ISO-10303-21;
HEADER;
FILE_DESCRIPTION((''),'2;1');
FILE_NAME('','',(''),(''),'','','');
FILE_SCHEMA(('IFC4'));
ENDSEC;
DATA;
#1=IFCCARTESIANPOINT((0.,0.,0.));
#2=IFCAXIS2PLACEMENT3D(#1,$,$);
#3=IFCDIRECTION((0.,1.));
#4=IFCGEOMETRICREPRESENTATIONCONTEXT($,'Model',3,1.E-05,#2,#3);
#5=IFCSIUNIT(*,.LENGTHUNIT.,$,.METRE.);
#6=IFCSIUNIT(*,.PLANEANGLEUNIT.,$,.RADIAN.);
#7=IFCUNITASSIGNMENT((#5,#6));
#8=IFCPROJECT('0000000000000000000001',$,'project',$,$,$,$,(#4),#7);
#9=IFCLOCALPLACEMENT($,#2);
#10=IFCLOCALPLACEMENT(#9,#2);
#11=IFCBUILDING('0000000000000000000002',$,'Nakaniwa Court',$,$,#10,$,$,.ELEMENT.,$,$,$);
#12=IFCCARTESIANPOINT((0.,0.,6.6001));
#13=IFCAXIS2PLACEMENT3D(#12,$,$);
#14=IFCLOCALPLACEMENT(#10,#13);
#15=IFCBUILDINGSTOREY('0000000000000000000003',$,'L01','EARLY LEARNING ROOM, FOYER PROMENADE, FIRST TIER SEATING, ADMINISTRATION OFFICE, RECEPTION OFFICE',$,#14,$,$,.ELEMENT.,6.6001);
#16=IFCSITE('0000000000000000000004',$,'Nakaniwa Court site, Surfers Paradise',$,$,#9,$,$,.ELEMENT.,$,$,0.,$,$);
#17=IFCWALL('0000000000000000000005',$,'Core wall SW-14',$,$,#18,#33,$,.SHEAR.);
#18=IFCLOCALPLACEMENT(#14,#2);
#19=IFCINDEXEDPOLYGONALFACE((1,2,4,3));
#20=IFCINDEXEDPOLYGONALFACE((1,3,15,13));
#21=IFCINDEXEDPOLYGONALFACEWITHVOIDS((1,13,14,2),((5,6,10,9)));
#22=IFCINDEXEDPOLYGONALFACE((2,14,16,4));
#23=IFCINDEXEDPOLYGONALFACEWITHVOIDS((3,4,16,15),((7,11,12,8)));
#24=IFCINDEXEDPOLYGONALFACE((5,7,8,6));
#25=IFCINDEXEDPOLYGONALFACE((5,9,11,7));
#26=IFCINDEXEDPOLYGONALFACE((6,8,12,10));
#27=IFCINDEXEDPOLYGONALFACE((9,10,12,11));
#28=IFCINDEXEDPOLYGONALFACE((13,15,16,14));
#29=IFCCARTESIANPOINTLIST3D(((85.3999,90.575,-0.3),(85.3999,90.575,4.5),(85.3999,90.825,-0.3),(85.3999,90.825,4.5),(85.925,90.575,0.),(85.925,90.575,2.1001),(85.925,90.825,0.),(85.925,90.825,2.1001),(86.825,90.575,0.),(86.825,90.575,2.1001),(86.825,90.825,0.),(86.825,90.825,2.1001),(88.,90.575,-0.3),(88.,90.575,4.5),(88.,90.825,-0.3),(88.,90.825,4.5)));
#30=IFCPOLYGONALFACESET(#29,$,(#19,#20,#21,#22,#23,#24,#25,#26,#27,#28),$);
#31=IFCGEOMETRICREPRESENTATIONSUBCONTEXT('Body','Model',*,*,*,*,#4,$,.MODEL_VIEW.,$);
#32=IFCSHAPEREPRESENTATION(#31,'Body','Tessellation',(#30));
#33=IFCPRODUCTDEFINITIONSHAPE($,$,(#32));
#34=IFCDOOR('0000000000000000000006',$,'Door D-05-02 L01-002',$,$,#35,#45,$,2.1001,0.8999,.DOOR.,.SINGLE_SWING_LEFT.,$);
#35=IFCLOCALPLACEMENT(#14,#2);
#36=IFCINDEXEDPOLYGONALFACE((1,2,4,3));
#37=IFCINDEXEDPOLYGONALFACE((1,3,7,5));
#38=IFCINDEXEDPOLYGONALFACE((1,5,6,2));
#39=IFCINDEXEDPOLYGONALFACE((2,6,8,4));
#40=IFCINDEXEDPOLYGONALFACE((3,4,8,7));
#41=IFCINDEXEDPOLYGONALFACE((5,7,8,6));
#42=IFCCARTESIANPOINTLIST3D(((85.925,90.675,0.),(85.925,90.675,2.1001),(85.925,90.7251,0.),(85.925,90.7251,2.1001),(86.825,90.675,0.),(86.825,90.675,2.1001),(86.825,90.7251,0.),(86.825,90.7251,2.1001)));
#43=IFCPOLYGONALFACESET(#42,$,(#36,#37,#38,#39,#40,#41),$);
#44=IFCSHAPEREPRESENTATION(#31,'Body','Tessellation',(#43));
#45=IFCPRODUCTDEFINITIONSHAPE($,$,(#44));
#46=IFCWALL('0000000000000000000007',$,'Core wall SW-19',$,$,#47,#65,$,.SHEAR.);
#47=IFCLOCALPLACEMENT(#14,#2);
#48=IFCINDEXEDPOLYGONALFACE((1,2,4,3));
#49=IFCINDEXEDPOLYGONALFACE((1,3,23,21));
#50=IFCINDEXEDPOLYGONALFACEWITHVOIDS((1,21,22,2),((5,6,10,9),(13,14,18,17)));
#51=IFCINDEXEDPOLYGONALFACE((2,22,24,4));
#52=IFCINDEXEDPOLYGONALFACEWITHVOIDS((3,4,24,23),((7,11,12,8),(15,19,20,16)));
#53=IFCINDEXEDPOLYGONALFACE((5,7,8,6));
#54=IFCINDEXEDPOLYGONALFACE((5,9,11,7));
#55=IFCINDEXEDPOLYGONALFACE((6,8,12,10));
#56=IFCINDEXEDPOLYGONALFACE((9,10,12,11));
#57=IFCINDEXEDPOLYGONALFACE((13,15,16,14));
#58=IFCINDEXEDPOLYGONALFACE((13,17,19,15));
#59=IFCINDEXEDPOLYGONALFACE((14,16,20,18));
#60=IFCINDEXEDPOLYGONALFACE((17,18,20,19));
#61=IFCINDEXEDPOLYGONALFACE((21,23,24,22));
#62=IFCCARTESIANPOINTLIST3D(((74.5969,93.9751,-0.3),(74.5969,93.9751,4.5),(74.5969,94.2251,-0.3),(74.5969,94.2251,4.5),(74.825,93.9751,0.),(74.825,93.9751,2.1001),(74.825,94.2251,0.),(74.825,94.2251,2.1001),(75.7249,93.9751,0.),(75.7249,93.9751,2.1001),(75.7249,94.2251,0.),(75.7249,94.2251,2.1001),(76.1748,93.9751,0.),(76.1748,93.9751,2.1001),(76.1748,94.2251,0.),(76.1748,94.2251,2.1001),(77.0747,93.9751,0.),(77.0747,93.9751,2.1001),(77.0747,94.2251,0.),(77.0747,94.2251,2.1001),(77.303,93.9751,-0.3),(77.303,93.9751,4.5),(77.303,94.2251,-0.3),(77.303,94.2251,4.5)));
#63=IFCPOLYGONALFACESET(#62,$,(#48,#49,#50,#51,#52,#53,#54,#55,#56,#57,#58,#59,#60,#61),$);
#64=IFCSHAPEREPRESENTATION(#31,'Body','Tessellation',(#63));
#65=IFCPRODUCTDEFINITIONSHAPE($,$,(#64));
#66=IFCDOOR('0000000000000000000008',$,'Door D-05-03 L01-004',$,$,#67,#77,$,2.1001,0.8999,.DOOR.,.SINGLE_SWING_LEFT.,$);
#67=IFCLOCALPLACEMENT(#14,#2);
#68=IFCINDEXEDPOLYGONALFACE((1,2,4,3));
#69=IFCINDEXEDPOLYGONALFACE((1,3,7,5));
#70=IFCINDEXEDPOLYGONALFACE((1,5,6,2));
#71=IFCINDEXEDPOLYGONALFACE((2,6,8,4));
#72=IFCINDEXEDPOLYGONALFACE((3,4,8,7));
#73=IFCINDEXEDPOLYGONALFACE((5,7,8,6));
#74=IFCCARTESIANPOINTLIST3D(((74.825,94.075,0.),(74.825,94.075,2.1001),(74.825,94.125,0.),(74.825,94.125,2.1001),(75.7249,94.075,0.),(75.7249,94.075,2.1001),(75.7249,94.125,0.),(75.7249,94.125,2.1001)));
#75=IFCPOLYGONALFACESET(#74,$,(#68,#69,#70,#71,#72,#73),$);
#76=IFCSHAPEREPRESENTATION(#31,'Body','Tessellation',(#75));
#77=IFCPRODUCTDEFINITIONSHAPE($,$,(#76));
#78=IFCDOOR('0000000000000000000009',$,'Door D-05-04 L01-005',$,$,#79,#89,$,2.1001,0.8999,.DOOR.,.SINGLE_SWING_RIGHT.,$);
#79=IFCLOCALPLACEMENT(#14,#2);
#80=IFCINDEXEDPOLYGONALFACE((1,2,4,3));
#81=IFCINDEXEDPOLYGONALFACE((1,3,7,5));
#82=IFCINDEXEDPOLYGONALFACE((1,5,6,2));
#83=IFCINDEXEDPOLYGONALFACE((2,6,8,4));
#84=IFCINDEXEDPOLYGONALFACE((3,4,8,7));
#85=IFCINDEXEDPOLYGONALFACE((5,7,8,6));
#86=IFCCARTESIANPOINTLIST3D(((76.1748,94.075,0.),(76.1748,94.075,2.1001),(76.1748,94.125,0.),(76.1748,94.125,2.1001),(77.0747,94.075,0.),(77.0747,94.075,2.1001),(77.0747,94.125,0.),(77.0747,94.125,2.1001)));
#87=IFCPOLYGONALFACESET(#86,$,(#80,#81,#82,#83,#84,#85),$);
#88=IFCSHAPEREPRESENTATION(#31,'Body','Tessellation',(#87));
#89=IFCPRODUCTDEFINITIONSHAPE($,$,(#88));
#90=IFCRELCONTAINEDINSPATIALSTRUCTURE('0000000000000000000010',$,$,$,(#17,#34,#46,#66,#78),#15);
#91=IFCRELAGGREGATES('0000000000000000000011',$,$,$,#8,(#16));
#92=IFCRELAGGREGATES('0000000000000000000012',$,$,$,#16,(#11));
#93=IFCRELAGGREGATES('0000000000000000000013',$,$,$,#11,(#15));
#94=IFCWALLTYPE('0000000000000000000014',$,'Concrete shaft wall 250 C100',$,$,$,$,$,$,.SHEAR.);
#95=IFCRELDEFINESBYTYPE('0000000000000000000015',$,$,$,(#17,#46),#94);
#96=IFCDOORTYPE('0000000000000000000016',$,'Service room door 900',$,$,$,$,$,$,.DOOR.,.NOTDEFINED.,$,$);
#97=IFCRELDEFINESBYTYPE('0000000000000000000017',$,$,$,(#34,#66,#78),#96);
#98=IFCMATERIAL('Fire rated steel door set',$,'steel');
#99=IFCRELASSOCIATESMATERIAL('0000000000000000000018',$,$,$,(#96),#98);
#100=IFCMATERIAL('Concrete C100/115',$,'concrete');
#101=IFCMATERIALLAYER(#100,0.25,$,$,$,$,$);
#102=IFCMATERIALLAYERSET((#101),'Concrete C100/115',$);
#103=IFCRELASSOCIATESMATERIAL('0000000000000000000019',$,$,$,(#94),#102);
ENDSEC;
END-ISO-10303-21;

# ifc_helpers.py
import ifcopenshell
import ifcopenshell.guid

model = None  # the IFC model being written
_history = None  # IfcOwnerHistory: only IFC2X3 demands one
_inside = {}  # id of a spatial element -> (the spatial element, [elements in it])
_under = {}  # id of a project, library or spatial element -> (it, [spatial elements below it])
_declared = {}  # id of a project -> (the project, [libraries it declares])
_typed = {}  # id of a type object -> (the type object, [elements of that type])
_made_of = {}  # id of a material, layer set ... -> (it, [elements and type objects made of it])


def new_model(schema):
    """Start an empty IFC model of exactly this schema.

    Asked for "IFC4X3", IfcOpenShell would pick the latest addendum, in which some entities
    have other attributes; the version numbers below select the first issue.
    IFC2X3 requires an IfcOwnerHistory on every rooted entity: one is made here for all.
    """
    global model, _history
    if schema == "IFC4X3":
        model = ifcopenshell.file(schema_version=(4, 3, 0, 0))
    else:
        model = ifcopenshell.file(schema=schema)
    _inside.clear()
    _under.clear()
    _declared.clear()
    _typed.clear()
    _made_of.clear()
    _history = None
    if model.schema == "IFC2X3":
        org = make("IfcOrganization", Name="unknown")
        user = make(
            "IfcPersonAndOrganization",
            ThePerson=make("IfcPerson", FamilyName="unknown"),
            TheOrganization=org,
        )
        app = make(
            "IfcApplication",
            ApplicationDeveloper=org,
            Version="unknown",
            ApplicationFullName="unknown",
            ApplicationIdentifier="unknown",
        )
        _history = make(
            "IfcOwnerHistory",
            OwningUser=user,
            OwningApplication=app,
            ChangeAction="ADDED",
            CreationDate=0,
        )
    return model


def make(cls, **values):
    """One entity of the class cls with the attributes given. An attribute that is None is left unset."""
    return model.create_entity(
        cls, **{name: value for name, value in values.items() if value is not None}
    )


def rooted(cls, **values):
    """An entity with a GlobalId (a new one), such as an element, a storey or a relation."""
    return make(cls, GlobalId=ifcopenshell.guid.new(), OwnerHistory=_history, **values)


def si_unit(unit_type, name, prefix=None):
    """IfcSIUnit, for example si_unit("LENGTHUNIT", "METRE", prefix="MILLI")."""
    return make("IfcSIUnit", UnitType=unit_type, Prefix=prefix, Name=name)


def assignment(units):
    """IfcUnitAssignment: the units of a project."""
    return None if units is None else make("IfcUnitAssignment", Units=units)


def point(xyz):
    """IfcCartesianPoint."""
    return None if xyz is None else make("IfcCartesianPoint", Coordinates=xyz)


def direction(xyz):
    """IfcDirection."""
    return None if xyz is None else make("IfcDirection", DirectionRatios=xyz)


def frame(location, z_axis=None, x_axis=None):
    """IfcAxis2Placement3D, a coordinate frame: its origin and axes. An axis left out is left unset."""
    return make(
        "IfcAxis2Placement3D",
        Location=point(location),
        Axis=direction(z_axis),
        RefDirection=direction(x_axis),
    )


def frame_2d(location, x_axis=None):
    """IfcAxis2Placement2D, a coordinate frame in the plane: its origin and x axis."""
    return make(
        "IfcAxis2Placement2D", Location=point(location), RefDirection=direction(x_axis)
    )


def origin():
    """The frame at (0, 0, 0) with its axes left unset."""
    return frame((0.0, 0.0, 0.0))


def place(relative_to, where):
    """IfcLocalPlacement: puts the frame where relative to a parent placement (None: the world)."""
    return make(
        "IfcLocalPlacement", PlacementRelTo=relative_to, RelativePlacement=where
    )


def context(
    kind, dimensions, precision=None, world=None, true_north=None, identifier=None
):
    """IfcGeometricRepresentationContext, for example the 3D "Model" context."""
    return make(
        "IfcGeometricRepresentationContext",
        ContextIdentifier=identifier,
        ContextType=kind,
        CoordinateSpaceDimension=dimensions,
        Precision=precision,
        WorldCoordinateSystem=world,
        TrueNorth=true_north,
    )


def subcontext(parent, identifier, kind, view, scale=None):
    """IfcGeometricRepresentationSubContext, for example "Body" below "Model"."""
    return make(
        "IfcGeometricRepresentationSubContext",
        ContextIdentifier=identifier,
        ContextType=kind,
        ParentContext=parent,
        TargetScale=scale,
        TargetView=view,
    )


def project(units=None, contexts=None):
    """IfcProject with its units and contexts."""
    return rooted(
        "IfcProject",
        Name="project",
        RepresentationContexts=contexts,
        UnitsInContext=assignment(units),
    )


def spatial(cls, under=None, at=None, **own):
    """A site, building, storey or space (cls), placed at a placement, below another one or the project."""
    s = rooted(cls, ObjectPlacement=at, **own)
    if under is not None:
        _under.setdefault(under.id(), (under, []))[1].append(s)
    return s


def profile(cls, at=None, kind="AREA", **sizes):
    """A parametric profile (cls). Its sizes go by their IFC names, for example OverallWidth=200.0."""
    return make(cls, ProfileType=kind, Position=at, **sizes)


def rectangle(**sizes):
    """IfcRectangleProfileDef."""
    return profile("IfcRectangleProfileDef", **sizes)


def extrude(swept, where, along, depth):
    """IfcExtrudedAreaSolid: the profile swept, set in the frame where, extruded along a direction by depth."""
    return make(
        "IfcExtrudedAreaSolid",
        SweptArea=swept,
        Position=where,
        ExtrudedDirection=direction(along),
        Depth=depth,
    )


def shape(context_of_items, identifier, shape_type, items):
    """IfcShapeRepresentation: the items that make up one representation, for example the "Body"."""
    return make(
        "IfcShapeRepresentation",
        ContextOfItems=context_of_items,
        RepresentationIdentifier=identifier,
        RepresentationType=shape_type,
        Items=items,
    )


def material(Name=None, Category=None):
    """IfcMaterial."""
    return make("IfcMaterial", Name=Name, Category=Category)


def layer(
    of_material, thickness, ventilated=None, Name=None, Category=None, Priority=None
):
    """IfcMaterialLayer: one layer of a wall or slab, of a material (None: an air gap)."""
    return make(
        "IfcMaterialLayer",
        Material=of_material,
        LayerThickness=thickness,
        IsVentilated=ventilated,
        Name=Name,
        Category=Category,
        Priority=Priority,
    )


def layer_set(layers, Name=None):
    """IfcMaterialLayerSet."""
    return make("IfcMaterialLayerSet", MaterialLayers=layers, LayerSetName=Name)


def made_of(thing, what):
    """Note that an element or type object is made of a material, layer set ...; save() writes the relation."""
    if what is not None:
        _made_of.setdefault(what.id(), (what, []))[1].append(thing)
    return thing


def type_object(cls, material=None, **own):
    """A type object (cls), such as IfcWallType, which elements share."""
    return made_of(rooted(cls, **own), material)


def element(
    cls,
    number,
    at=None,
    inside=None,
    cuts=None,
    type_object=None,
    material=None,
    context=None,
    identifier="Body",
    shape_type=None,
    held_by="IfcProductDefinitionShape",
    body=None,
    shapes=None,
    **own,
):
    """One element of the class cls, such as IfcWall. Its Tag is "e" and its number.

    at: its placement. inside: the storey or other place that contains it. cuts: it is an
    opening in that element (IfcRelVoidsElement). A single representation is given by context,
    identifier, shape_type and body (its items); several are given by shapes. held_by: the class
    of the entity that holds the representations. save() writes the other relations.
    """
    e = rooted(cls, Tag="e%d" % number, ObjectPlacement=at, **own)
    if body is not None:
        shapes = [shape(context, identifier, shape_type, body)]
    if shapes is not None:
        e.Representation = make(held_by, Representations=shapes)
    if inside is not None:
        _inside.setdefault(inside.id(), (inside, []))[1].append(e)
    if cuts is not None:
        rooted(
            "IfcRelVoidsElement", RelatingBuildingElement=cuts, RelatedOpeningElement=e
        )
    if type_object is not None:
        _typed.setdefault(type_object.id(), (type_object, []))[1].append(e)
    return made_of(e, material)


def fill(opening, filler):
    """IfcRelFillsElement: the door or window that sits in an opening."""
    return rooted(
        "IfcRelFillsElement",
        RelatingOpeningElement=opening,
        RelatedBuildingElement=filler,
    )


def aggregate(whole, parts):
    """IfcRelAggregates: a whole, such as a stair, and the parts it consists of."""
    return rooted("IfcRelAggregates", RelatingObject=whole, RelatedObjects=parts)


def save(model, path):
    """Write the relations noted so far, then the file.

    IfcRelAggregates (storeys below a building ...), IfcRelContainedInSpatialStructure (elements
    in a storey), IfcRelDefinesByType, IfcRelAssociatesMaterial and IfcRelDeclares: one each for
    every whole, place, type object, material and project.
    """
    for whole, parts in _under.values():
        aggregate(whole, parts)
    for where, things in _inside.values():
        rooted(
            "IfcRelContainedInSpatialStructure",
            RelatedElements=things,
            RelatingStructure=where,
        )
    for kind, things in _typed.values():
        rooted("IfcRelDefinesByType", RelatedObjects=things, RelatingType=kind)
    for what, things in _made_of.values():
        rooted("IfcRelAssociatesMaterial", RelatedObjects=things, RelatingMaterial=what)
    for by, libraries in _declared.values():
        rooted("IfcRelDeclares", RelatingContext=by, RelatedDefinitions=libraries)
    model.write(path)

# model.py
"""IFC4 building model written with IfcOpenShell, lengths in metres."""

from ifc_helpers import new_model, si_unit, direction, frame, frame_2d, origin, place, context, subcontext, project, spatial, rectangle, extrude, material, layer, layer_set, type_object, element, fill, save


model = new_model("IFC4")

# Units and contexts
model_context = context("Model", 3, precision=1e-05, world=origin(), true_north=direction((0.0, 1.0)))
body_context = subcontext(model_context, "Body", "Model", "MODEL_VIEW")
ifc_project = project(units=[si_unit("LENGTHUNIT", "METRE"), si_unit("PLANEANGLEUNIT", "RADIAN")], contexts=[model_context])

# Site, building, storey
site_placement = place(None, origin())
site = spatial("IfcSite", under=ifc_project, at=site_placement, Name="Nakaniwa Court site, Surfers Paradise", CompositionType="ELEMENT", RefElevation=0.0)
building_placement = place(site_placement, origin())
building = spatial("IfcBuilding", under=site, at=building_placement, Name="Nakaniwa Court", CompositionType="ELEMENT")
storey_placement = place(building_placement, frame((0.0, 0.0, 6.6001)))
storey = spatial("IfcBuildingStorey", under=building, at=storey_placement, Name="L01", Description="EARLY LEARNING ROOM, FOYER PROMENADE, FIRST TIER SEATING, ADMINISTRATION OFFICE, RECEPTION OFFICE", CompositionType="ELEMENT", Elevation=6.6001)

# Shared definitions
ifc_material_1 = material(Name="Concrete C100/115", Category="concrete")

# Shared definitions
ifc_material_2 = material(Name="Fire rated steel door set", Category="steel")
door_type = type_object("IfcDoorType", Name="Service room door 900", OperationType="NOTDEFINED", PredefinedType="DOOR", material=ifc_material_2)

# Shared definitions
ifc_layer_1 = layer(ifc_material_1, 0.25)
ifc_layer_set_1 = layer_set([ifc_layer_1], Name="Concrete C100/115")
wall_type_1 = type_object("IfcWallType", Name="Concrete shaft wall 250 C100", PredefinedType="SHEAR", material=ifc_layer_set_1)

# Wall, opening, door
wall_1_placement = place(storey_placement, frame((88.0, 90.7, -0.3), z_axis=(0.0, 0.0, 1.0), x_axis=(-1.0, 0.0, 0.0)))
wall_1 = element("IfcWall", 1, at=wall_1_placement, inside=storey, type_object=wall_type_1, Name="Core wall SW-14", PredefinedType="SHEAR", context=body_context, shape_type="SweptSolid", body=[
    extrude(rectangle(XDim=2.6001, YDim=0.25, at=frame_2d((1.3, 0.0))), origin(), (0.0, 0.0, 1.0), 4.8),
])
opening_1_placement = place(wall_1_placement, frame((1.175, 0.0, 0.3)))
opening_1 = element("IfcOpeningElement", 2, at=opening_1_placement, cuts=wall_1, PredefinedType="OPENING", context=body_context, shape_type="SweptSolid", body=[
    extrude(rectangle(XDim=0.8999, YDim=2.1001, at=frame_2d((0.45, 1.05))), frame((0.0, 0.135, 0.0), z_axis=(0.0, -1.0, 0.0), x_axis=(1.0, 0.0, 0.0)), (0.0, 0.0, 1.0), 0.27),
])
door_1_placement = place(opening_1_placement, origin())
door_1 = element("IfcDoor", 3, at=door_1_placement, inside=storey, type_object=door_type, Name="Door D-05-02 L01-002", OperationType="SINGLE_SWING_LEFT", OverallHeight=2.1001, OverallWidth=0.8999, PredefinedType="DOOR", context=body_context, shape_type="SweptSolid", body=[
    extrude(rectangle(XDim=0.8999, YDim=2.1001, at=frame_2d((0.45, 1.05))), frame((0.0, 0.0249, 0.0), z_axis=(0.0, -1.0, 0.0), x_axis=(1.0, 0.0, 0.0)), (0.0, 0.0, 1.0), 0.05),
])
fill(opening_1, door_1)

# Wall, openings, doors
wall_2_placement = place(storey_placement, frame((74.5969, 94.1001, -0.3), z_axis=(0.0, 0.0, 1.0), x_axis=(1.0, 0.0, 0.0)))
wall_2 = element("IfcWall", 4, at=wall_2_placement, inside=storey, type_object=wall_type_1, Name="Core wall SW-19", PredefinedType="SHEAR", context=body_context, shape_type="SweptSolid", body=[
    extrude(rectangle(XDim=2.7061, YDim=0.25, at=frame_2d((1.353, 0.0))), origin(), (0.0, 0.0, 1.0), 4.8),
])
opening_2_placement = place(wall_2_placement, frame((0.228, 0.0, 0.3)))
opening_2 = element("IfcOpeningElement", 5, at=opening_2_placement, cuts=wall_2, PredefinedType="OPENING", context=body_context, shape_type="SweptSolid", body=[
    extrude(rectangle(XDim=0.8999, YDim=2.1001, at=frame_2d((0.45, 1.05))), frame((0.0, 0.135, 0.0), z_axis=(0.0, -1.0, 0.0), x_axis=(1.0, 0.0, 0.0)), (0.0, 0.0, 1.0), 0.27),
])
opening_3_placement = place(wall_2_placement, frame((1.5779, 0.0, 0.3)))
opening_3 = element("IfcOpeningElement", 6, at=opening_3_placement, cuts=wall_2, PredefinedType="OPENING", context=body_context, shape_type="SweptSolid", body=[
    extrude(rectangle(XDim=0.8999, YDim=2.1001, at=frame_2d((0.45, 1.05))), frame((0.0, 0.135, 0.0), z_axis=(0.0, -1.0, 0.0), x_axis=(1.0, 0.0, 0.0)), (0.0, 0.0, 1.0), 0.27),
])
door_2_placement = place(opening_2_placement, origin())
door_2 = element("IfcDoor", 7, at=door_2_placement, inside=storey, type_object=door_type, Name="Door D-05-03 L01-004", OperationType="SINGLE_SWING_LEFT", OverallHeight=2.1001, OverallWidth=0.8999, PredefinedType="DOOR", context=body_context, shape_type="SweptSolid", body=[
    extrude(rectangle(XDim=0.8999, YDim=2.1001, at=frame_2d((0.45, 1.05))), frame((0.0, 0.0249, 0.0), z_axis=(0.0, -1.0, 0.0), x_axis=(1.0, 0.0, 0.0)), (0.0, 0.0, 1.0), 0.05),
])
fill(opening_2, door_2)
door_3_placement = place(opening_3_placement, origin())
door_3 = element("IfcDoor", 8, at=door_3_placement, inside=storey, type_object=door_type, Name="Door D-05-04 L01-005", OperationType="SINGLE_SWING_RIGHT", OverallHeight=2.1001, OverallWidth=0.8999, PredefinedType="DOOR", context=body_context, shape_type="SweptSolid", body=[
    extrude(rectangle(XDim=0.8999, YDim=2.1001, at=frame_2d((0.45, 1.05))), frame((0.0, 0.0249, 0.0), z_axis=(0.0, -1.0, 0.0), x_axis=(1.0, 0.0, 0.0)), (0.0, 0.0, 1.0), 0.05),
])
fill(opening_3, door_3)

save(model, "model.ifc")
